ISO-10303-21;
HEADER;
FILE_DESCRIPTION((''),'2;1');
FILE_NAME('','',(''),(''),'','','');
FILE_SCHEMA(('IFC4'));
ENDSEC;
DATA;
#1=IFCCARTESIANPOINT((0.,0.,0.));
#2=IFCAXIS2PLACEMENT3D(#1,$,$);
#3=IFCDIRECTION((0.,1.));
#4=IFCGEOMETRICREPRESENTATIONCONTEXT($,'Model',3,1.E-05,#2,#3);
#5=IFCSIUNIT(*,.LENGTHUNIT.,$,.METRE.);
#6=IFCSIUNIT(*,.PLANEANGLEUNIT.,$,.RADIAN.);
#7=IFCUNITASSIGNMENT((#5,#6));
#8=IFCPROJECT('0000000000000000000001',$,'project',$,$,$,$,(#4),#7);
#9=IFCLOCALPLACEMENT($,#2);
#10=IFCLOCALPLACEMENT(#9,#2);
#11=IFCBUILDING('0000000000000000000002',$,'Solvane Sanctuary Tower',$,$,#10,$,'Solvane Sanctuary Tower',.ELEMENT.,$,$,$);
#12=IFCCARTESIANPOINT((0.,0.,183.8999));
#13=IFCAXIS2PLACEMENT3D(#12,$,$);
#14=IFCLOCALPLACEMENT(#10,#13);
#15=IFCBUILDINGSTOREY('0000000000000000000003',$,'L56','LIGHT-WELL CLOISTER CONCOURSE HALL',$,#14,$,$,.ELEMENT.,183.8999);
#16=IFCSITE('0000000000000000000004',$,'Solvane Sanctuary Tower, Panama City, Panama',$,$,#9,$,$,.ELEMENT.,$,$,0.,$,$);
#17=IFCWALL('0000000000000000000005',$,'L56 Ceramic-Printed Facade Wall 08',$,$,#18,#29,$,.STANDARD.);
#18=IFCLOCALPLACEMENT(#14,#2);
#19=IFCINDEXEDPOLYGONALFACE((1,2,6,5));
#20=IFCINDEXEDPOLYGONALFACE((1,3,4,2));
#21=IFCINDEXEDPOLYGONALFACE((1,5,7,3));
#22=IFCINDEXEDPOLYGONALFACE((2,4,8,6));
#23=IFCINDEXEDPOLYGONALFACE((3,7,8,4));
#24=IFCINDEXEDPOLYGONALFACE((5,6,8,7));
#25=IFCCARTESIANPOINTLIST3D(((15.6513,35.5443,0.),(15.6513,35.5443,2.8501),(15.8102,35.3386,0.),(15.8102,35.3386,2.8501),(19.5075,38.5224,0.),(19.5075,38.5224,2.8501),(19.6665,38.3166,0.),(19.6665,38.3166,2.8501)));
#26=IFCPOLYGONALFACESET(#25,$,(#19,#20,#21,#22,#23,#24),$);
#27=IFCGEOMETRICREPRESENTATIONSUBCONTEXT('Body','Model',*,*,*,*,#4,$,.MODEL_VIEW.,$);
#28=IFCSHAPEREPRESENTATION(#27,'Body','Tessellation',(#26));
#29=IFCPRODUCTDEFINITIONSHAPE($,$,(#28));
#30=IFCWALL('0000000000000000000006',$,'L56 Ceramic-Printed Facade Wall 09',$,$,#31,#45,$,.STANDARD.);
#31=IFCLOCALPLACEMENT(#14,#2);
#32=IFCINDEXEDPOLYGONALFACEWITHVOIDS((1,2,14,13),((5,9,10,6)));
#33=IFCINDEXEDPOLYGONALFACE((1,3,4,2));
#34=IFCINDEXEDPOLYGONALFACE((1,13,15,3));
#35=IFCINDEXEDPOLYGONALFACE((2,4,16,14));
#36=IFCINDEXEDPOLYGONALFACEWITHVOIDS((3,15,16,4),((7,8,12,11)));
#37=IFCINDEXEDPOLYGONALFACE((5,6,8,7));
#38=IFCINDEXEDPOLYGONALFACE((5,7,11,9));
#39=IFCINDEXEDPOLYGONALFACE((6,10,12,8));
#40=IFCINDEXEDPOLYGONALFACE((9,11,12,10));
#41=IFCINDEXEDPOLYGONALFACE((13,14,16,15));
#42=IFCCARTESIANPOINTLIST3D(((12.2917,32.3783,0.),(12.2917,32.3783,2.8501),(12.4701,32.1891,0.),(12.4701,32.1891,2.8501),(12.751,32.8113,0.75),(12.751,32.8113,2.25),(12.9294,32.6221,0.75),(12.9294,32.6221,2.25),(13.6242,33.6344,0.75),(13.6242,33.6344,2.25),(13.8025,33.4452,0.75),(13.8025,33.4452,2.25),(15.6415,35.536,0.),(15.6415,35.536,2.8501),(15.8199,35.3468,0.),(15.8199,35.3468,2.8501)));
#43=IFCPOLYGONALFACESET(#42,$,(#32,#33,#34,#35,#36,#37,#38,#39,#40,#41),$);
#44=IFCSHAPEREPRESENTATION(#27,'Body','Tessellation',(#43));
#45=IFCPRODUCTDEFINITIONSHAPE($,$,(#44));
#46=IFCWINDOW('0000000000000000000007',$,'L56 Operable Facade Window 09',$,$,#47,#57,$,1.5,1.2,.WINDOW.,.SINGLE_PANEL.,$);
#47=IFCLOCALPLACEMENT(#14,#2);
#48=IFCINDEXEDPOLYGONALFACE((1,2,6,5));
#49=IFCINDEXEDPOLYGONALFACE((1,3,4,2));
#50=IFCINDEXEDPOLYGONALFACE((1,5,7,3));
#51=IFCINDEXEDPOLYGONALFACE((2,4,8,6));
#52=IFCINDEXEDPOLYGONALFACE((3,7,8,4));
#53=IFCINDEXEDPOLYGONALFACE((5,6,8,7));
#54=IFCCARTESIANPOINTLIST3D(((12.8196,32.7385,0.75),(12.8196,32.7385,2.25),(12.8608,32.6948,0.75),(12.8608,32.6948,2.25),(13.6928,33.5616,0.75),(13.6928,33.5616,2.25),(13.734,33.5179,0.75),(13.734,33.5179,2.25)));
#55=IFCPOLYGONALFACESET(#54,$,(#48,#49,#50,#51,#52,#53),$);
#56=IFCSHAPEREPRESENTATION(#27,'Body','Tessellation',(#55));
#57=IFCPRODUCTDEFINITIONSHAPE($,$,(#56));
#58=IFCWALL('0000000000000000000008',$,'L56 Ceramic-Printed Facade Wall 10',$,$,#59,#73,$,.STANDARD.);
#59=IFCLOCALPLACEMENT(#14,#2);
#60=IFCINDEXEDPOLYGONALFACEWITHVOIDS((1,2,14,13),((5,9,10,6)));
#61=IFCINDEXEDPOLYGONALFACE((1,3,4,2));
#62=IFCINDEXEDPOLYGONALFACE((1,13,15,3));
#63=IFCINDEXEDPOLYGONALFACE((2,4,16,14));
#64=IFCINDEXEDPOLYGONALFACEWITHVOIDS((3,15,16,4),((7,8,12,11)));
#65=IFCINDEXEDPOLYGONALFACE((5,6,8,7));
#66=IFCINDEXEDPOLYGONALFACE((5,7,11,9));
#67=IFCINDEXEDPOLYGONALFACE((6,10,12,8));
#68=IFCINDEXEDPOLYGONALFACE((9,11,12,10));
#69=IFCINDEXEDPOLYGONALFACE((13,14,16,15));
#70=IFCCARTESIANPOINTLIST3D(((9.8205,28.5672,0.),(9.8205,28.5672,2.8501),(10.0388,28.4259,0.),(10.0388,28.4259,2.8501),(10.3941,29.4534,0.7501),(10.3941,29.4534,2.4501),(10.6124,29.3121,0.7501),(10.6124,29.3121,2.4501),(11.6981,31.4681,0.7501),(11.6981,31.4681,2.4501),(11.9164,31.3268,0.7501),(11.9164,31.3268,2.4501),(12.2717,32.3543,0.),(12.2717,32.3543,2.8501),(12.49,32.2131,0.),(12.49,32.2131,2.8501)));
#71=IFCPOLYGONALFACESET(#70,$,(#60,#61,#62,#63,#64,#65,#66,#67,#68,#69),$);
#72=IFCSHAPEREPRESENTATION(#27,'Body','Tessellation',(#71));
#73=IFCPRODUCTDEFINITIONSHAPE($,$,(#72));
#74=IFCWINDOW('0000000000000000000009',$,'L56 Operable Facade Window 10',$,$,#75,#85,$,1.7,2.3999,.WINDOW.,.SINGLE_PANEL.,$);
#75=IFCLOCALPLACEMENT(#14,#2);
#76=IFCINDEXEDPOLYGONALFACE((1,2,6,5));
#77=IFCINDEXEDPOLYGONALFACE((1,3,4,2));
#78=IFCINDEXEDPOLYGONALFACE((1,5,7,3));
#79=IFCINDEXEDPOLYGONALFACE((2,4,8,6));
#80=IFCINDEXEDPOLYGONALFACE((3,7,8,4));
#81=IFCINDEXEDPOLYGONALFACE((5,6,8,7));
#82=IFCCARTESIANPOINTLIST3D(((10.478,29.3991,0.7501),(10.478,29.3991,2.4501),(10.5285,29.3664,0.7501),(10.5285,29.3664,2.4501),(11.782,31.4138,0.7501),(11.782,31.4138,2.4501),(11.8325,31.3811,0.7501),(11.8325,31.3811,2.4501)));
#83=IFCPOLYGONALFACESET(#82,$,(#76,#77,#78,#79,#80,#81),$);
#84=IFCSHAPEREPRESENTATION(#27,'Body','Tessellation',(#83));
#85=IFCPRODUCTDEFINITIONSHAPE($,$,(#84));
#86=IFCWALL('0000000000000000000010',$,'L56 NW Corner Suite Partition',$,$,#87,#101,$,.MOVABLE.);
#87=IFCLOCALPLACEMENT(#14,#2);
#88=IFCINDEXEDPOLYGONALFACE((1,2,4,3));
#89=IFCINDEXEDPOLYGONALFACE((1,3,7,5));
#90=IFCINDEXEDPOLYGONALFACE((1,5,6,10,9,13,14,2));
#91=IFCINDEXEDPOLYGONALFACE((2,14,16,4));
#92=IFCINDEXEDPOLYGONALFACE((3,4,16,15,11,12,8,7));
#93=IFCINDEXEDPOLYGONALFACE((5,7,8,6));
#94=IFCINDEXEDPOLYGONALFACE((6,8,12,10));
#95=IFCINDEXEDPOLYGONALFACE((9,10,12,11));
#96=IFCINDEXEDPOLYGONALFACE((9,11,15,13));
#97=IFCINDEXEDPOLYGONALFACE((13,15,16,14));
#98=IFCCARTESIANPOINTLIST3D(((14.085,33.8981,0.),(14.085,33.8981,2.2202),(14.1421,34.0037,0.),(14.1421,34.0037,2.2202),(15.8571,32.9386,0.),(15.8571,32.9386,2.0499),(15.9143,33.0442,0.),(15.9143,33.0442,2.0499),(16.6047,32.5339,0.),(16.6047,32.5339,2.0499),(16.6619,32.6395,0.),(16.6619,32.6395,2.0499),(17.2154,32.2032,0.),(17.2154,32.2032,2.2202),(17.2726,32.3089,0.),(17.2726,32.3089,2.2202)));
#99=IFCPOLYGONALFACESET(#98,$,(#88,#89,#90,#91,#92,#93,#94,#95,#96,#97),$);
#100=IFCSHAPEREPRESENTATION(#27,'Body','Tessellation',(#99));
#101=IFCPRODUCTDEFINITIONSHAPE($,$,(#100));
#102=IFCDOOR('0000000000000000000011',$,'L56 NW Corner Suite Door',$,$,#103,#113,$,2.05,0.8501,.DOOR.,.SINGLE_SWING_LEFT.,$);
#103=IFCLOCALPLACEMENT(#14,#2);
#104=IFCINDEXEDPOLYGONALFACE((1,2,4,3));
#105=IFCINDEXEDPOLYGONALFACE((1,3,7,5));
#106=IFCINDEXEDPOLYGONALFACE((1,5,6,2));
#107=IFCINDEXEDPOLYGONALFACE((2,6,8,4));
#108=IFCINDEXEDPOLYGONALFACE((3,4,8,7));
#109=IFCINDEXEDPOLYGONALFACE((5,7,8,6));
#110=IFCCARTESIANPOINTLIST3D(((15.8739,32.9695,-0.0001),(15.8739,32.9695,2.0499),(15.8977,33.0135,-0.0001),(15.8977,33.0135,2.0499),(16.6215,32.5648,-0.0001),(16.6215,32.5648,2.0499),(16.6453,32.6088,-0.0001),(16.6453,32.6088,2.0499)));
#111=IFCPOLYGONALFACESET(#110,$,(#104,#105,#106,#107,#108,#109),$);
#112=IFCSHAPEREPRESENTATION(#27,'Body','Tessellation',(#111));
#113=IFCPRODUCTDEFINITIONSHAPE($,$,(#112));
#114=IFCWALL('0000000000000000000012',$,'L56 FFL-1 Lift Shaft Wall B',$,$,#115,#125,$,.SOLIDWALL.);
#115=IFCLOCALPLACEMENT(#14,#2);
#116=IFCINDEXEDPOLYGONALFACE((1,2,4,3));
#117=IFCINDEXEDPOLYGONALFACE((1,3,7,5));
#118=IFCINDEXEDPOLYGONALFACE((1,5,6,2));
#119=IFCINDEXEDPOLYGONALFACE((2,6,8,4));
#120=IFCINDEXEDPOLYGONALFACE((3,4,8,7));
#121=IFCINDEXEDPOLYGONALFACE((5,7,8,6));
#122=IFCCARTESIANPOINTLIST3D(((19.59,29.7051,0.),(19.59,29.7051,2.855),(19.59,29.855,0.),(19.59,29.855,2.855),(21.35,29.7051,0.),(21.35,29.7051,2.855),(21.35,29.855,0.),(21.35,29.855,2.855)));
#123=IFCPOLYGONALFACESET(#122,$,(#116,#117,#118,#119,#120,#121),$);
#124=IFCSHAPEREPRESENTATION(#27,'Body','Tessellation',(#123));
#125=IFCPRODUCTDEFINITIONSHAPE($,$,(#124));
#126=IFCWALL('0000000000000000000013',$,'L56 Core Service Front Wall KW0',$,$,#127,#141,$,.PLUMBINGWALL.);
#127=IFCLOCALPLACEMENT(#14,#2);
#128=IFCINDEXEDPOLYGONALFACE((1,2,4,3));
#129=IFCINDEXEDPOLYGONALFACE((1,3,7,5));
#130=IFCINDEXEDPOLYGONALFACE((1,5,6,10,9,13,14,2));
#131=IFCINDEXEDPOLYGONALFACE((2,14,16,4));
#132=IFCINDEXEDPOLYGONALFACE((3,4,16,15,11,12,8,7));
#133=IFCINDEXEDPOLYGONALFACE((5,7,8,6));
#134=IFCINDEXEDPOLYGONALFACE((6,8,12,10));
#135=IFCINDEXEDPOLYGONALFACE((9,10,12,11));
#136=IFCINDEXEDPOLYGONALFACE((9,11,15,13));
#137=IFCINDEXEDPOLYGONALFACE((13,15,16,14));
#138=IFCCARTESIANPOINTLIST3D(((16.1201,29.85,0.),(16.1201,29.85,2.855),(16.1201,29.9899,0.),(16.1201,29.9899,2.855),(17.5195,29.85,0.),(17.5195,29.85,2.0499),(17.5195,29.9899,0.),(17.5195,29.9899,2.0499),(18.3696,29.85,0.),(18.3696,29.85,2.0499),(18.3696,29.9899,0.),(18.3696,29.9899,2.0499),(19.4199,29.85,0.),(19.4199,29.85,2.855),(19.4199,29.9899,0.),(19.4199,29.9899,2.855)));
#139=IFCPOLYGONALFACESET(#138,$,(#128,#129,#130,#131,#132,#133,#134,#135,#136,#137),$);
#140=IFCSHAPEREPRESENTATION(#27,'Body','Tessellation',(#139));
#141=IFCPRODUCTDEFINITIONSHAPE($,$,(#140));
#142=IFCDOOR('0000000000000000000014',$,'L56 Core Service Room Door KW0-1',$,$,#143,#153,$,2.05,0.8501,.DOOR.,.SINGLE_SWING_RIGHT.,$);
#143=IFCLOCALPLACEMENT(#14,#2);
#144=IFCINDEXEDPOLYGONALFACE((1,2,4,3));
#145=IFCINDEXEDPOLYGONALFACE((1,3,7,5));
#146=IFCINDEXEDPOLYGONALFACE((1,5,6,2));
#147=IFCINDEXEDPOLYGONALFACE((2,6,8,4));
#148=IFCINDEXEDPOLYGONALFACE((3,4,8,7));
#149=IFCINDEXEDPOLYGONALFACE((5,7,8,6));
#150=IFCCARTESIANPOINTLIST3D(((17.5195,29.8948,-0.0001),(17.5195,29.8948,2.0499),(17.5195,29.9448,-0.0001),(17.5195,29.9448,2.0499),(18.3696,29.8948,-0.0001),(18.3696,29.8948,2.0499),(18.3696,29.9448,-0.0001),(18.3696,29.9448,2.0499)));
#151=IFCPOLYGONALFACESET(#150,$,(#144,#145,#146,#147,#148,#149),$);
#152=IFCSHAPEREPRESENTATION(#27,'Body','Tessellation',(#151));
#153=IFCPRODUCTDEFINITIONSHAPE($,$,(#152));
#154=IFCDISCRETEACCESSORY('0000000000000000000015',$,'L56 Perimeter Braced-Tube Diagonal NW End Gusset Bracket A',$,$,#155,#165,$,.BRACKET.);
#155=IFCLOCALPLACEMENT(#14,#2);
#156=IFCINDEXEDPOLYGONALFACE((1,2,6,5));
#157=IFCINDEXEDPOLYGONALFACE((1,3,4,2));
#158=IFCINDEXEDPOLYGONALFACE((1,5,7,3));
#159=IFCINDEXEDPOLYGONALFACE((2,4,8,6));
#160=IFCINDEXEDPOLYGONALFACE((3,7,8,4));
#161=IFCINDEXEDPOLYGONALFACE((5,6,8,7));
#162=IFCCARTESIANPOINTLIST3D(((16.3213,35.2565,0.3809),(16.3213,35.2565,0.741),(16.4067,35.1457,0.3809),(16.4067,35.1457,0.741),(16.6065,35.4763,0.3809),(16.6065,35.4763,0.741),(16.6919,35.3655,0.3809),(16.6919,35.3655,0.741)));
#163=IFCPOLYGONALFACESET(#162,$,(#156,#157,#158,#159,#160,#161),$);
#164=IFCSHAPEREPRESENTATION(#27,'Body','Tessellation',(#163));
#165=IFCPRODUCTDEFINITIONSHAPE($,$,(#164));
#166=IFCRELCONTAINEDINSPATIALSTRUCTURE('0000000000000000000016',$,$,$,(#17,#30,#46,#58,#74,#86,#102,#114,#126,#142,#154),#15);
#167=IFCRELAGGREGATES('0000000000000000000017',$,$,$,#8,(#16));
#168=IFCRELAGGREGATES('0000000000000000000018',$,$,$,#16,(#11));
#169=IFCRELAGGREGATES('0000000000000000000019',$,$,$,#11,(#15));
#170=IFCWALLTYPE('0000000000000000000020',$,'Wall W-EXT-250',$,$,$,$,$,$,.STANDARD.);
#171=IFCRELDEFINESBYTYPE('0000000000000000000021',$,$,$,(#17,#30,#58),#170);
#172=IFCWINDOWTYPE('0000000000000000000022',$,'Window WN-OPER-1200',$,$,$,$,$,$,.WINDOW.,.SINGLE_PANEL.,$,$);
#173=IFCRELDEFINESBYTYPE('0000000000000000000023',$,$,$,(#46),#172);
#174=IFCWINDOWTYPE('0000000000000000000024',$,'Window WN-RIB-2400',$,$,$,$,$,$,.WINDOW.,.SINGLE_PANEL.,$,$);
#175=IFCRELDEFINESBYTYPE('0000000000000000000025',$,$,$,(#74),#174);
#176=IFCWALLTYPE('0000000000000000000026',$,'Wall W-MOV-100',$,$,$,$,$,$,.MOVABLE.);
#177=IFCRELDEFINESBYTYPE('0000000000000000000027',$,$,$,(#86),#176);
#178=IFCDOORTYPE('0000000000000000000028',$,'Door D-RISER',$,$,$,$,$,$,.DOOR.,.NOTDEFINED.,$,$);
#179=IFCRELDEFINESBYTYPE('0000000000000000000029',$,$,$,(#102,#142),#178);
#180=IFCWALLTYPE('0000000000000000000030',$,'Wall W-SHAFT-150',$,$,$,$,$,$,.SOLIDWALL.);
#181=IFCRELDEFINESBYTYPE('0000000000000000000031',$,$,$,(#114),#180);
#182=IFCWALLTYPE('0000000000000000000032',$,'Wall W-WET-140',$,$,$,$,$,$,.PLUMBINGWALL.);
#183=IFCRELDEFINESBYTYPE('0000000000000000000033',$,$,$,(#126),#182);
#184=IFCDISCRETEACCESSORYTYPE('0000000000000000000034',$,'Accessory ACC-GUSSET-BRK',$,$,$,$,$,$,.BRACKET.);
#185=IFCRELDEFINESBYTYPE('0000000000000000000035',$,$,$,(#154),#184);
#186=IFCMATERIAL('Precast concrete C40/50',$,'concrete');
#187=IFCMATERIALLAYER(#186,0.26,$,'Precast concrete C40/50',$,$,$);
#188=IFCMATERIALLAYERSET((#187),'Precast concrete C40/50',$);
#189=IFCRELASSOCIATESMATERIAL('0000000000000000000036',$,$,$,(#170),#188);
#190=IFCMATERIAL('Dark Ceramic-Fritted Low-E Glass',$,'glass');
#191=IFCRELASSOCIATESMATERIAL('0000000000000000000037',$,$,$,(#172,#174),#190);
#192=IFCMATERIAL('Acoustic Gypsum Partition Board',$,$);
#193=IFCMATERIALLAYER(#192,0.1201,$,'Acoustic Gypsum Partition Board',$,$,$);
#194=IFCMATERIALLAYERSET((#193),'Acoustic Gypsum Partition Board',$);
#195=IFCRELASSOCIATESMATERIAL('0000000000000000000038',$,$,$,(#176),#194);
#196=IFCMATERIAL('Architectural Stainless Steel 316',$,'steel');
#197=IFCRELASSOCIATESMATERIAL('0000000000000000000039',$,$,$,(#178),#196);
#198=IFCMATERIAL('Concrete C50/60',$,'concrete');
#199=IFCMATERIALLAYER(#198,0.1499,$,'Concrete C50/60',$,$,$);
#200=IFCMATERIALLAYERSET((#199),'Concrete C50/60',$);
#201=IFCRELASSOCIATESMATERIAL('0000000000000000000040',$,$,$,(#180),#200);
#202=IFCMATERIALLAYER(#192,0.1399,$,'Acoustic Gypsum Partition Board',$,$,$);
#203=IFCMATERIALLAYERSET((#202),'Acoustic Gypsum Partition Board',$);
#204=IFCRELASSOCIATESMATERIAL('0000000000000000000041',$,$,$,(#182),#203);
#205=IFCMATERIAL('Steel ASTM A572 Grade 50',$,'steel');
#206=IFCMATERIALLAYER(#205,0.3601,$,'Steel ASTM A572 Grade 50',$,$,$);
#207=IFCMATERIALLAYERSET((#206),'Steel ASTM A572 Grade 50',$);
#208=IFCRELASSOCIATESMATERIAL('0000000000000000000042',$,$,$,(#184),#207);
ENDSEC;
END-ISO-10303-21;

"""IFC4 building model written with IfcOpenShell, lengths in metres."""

from ifc_helpers import new_model, si_unit, direction, frame, frame_2d, origin, origin_2d, place, context, subcontext, project, spatial, rectangle, extrude, material, layer, layer_set, type_object, element, fill, save


model = new_model("IFC4")

# Units and contexts
model_context = context("Model", 3, precision=1e-05, world=origin(), true_north=direction((0.0, 1.0)))
body_context = subcontext(model_context, "Body", "Model", "MODEL_VIEW")
ifc_project = project(units=[si_unit("LENGTHUNIT", "METRE"), si_unit("PLANEANGLEUNIT", "RADIAN")], contexts=[model_context])

# Site, building, storey
site_placement = place(None, origin())
site = spatial("IfcSite", under=ifc_project, at=site_placement, Name="Solvane Sanctuary Tower, Panama City, Panama", CompositionType="ELEMENT", RefElevation=0.0)
building_placement = place(site_placement, origin())
building = spatial("IfcBuilding", under=site, at=building_placement, Name="Solvane Sanctuary Tower", LongName="Solvane Sanctuary Tower", CompositionType="ELEMENT")
storey_placement = place(building_placement, frame((0.0, 0.0, 183.8999)))
storey = spatial("IfcBuildingStorey", under=building, at=storey_placement, Name="L56", Description="LIGHT-WELL CLOISTER CONCOURSE HALL", CompositionType="ELEMENT", Elevation=183.8999)

# Shared definitions
ifc_material_1 = material(Name="Concrete C50/60", Category="concrete")
ifc_material_2 = material(Name="Acoustic Gypsum Partition Board")

# Wall
ifc_material_3 = material(Name="Precast concrete C40/50", Category="concrete")
ifc_layer_1 = layer(ifc_material_3, 0.26, Name="Precast concrete C40/50")
ifc_layer_set_1 = layer_set([ifc_layer_1], Name="Precast concrete C40/50")
wall_type_1 = type_object("IfcWallType", Name="Wall W-EXT-250", PredefinedType="STANDARD", material=ifc_layer_set_1)
wall_1_placement = place(storey_placement, frame((19.5869, 38.4194, 0.0), z_axis=(0.0, 0.0, 1.0), x_axis=(-0.79146, -0.611221, 0.0)))
element("IfcWall", 1, at=wall_1_placement, inside=storey, type_object=wall_type_1, Name="L56 Ceramic-Printed Facade Wall 08", PredefinedType="STANDARD", context=body_context, shape_type="SweptSolid", body=[
    extrude(rectangle(XDim=4.8723, YDim=0.26, at=frame_2d((2.436, 0.0))), origin(), (0.0, 0.0, 1.0), 2.8501),
])

# Walls, openings, windows
wall_2_placement = place(storey_placement, frame((15.7307, 35.4414, 0.0), z_axis=(0.0, 0.0, 1.0), x_axis=(-0.727667, -0.68593, 0.0)))
wall_2 = element("IfcWall", 2, at=wall_2_placement, inside=storey, type_object=wall_type_1, Name="L56 Ceramic-Printed Facade Wall 09", PredefinedType="STANDARD", context=body_context, shape_type="SweptSolid", body=[
    extrude(rectangle(XDim=4.6035, YDim=0.26, at=frame_2d((2.3018, 0.0))), origin(), (0.0, 0.0, 1.0), 2.8501),
])
opening_1_placement = place(wall_2_placement, frame((2.7722, 0.0, 0.75)))
opening_1 = element("IfcOpeningElement", 3, at=opening_1_placement, cuts=wall_2, PredefinedType="OPENING", context=body_context, shape_type="SweptSolid", body=[
    extrude(rectangle(XDim=1.2, YDim=1.5, at=frame_2d((0.6001, 0.75))), frame((0.0, 0.1399, 0.0), z_axis=(0.0, -1.0, 0.0), x_axis=(1.0, 0.0, 0.0)), (0.0, 0.0, 1.0), 0.28),
])
ifc_material_4 = material(Name="Dark Ceramic-Fritted Low-E Glass", Category="glass")
window_type_1 = type_object("IfcWindowType", Name="Window WN-OPER-1200", PartitioningType="SINGLE_PANEL", PredefinedType="WINDOW", material=ifc_material_4)
window_1_placement = place(opening_1_placement, origin())
window_1 = element("IfcWindow", 4, at=window_1_placement, inside=storey, type_object=window_type_1, Name="L56 Operable Facade Window 09", OverallHeight=1.5, OverallWidth=1.2, PartitioningType="SINGLE_PANEL", PredefinedType="WINDOW", context=body_context, shape_type="SweptSolid", body=[
    extrude(rectangle(XDim=1.2, YDim=1.5, at=frame_2d((0.6001, 0.75))), frame((0.0, 0.03, 0.0), z_axis=(0.0, -1.0, 0.0), x_axis=(1.0, 0.0, 0.0)), (0.0, 0.0, 1.0), 0.0601),
])
fill(opening_1, window_1)
wall_3_placement = place(storey_placement, frame((12.3809, 32.2837, 0.0), z_axis=(0.0, 0.0, 1.0), x_axis=(-0.543359, -0.8395, 0.0)))
wall_3 = element("IfcWall", 5, at=wall_3_placement, inside=storey, type_object=wall_type_1, Name="L56 Ceramic-Printed Facade Wall 10", PredefinedType="STANDARD", context=body_context, shape_type="SweptSolid", body=[
    extrude(rectangle(XDim=4.5112, YDim=0.26, at=frame_2d((2.2556, 0.0))), origin(), (0.0, 0.0, 1.0), 2.8501),
])
opening_2_placement = place(wall_3_placement, frame((1.0557, 0.0, 0.75)))
opening_2 = element("IfcOpeningElement", 6, at=opening_2_placement, cuts=wall_3, PredefinedType="OPENING", context=body_context, shape_type="SweptSolid", body=[
    extrude(rectangle(XDim=2.3999, YDim=1.7, at=frame_2d((1.2, 0.8501))), frame((0.0, 0.1399, 0.0), z_axis=(0.0, -1.0, 0.0), x_axis=(1.0, 0.0, 0.0)), (0.0, 0.0, 1.0), 0.28),
])
window_type_2 = type_object("IfcWindowType", Name="Window WN-RIB-2400", PartitioningType="SINGLE_PANEL", PredefinedType="WINDOW", material=ifc_material_4)
window_2_placement = place(opening_2_placement, origin())
window_2 = element("IfcWindow", 7, at=window_2_placement, inside=storey, type_object=window_type_2, Name="L56 Operable Facade Window 10", OverallHeight=1.7, OverallWidth=2.3999, PartitioningType="SINGLE_PANEL", PredefinedType="WINDOW", context=body_context, shape_type="SweptSolid", body=[
    extrude(rectangle(XDim=2.3999, YDim=1.7, at=frame_2d((1.2, 0.8501))), frame((0.0, 0.03, 0.0), z_axis=(0.0, -1.0, 0.0), x_axis=(1.0, 0.0, 0.0)), (0.0, 0.0, 1.0), 0.0601),
])
fill(opening_2, window_2)

# Wall, opening, door
ifc_layer_2 = layer(ifc_material_2, 0.1201, Name="Acoustic Gypsum Partition Board")
ifc_layer_set_2 = layer_set([ifc_layer_2], Name="Acoustic Gypsum Partition Board")
wall_type_2 = type_object("IfcWallType", Name="Wall W-MOV-100", PredefinedType="MOVABLE", material=ifc_layer_set_2)
wall_4_placement = place(storey_placement, frame((17.2439, 32.2561, 0.0), z_axis=(0.0, 0.0, 1.0), x_axis=(-0.879385, 0.476111, 0.0)))
wall_4 = element("IfcWall", 8, at=wall_4_placement, inside=storey, type_object=wall_type_2, Name="L56 NW Corner Suite Partition", PredefinedType="MOVABLE", context=body_context, shape_type="SweptSolid", body=[
    extrude(rectangle(XDim=3.5598, YDim=0.1201, at=frame_2d((1.7798, 0.0))), origin(), (0.0, 0.0, 1.0), 2.2202),
])
opening_3_placement = place(wall_4_placement, frame((0.6943, 0.0, 0.0)))
opening_3 = element("IfcOpeningElement", 9, at=opening_3_placement, cuts=wall_4, PredefinedType="OPENING", context=body_context, shape_type="SweptSolid", body=[
    extrude(rectangle(XDim=0.8501, YDim=2.05, at=frame_2d((0.425, 1.0249))), frame((0.0, 0.0701, 0.0), z_axis=(0.0, -1.0, 0.0), x_axis=(1.0, 0.0, 0.0)), (0.0, 0.0, 1.0), 0.1401),
])
ifc_material_5 = material(Name="Architectural Stainless Steel 316", Category="steel")
door_type_1 = type_object("IfcDoorType", Name="Door D-RISER", OperationType="NOTDEFINED", PredefinedType="DOOR", material=ifc_material_5)
door_1_placement = place(opening_3_placement, origin())
door_1 = element("IfcDoor", 10, at=door_1_placement, inside=storey, type_object=door_type_1, Name="L56 NW Corner Suite Door", OperationType="SINGLE_SWING_LEFT", OverallHeight=2.05, OverallWidth=0.8501, PredefinedType="DOOR", context=body_context, shape_type="SweptSolid", body=[
    extrude(rectangle(XDim=0.8501, YDim=2.05, at=frame_2d((0.425, 1.0249))), frame((0.0, 0.0249, 0.0), z_axis=(0.0, -1.0, 0.0), x_axis=(1.0, 0.0, 0.0)), (0.0, 0.0, 1.0), 0.05),
])
fill(opening_3, door_1)

# Wall
ifc_layer_3 = layer(ifc_material_1, 0.1499, Name="Concrete C50/60")
ifc_layer_set_3 = layer_set([ifc_layer_3], Name="Concrete C50/60")
wall_type_3 = type_object("IfcWallType", Name="Wall W-SHAFT-150", PredefinedType="SOLIDWALL", material=ifc_layer_set_3)
wall_5_placement = place(storey_placement, frame((19.5901, 29.78, 0.0), z_axis=(0.0, 0.0, 1.0), x_axis=(1.0, 0.0, 0.0)))
element("IfcWall", 11, at=wall_5_placement, inside=storey, type_object=wall_type_3, Name="L56 FFL-1 Lift Shaft Wall B", PredefinedType="SOLIDWALL", context=body_context, shape_type="SweptSolid", body=[
    extrude(rectangle(XDim=1.76, YDim=0.1499, at=frame_2d((0.8799, 0.0))), origin(), (0.0, 0.0, 1.0), 2.855),
])

# Wall, opening, door
ifc_layer_4 = layer(ifc_material_2, 0.1399, Name="Acoustic Gypsum Partition Board")
ifc_layer_set_4 = layer_set([ifc_layer_4], Name="Acoustic Gypsum Partition Board")
wall_type_4 = type_object("IfcWallType", Name="Wall W-WET-140", PredefinedType="PLUMBINGWALL", material=ifc_layer_set_4)
wall_6_placement = place(storey_placement, frame((16.1201, 29.9199, 0.0), z_axis=(0.0, 0.0, 1.0), x_axis=(1.0, 0.0, 0.0)))
wall_6 = element("IfcWall", 12, at=wall_6_placement, inside=storey, type_object=wall_type_4, Name="L56 Core Service Front Wall KW0", PredefinedType="PLUMBINGWALL", context=body_context, shape_type="SweptSolid", body=[
    extrude(rectangle(XDim=3.2998, YDim=0.1399, at=frame_2d((1.6499, 0.0))), origin(), (0.0, 0.0, 1.0), 2.855),
])
opening_4_placement = place(wall_6_placement, frame((1.3994, 0.0, 0.0)))
opening_4 = element("IfcOpeningElement", 13, at=opening_4_placement, cuts=wall_6, PredefinedType="OPENING", context=body_context, shape_type="SweptSolid", body=[
    extrude(rectangle(XDim=0.8501, YDim=2.05, at=frame_2d((0.425, 1.0249))), frame((0.0, 0.0798, 0.0), z_axis=(0.0, -1.0, 0.0), x_axis=(1.0, 0.0, 0.0)), (0.0, 0.0, 1.0), 0.1599),
])
door_2_placement = place(opening_4_placement, origin())
door_2 = element("IfcDoor", 14, at=door_2_placement, inside=storey, type_object=door_type_1, Name="L56 Core Service Room Door KW0-1", OperationType="SINGLE_SWING_RIGHT", OverallHeight=2.05, OverallWidth=0.8501, PredefinedType="DOOR", context=body_context, shape_type="SweptSolid", body=[
    extrude(rectangle(XDim=0.8501, YDim=2.05, at=frame_2d((0.425, 1.0249))), frame((0.0, 0.0249, 0.0), z_axis=(0.0, -1.0, 0.0), x_axis=(1.0, 0.0, 0.0)), (0.0, 0.0, 1.0), 0.05),
])
fill(opening_4, door_2)

# Discrete accessory
ifc_material_6 = material(Name="Steel ASTM A572 Grade 50", Category="steel")
ifc_layer_5 = layer(ifc_material_6, 0.3601, Name="Steel ASTM A572 Grade 50")
ifc_layer_set_5 = layer_set([ifc_layer_5], Name="Steel ASTM A572 Grade 50")
discrete_accessory_type = type_object("IfcDiscreteAccessoryType", Name="Accessory ACC-GUSSET-BRK", PredefinedType="BRACKET", material=ifc_layer_set_5)
for number, where, z_axis, x_axis, name in (
    (15, (16.5066, 35.311, 0.3809), (0.0, 0.0, 1.0), (0.792077, 0.610422, 0.0), "L56 Perimeter Braced-Tube Diagonal NW End Gusset Bracket A"),
):
    element("IfcDiscreteAccessory", number, at=place(storey_placement, frame(where, z_axis=z_axis, x_axis=x_axis)), inside=storey, type_object=discrete_accessory_type, Name=name, PredefinedType="BRACKET", context=body_context, shape_type="SweptSolid", body=[
        extrude(rectangle(XDim=0.3601, YDim=0.1399, at=origin_2d()), origin(), (0.0, 0.0, 1.0), 0.3601),
    ])

save(model, "model.ifc")
